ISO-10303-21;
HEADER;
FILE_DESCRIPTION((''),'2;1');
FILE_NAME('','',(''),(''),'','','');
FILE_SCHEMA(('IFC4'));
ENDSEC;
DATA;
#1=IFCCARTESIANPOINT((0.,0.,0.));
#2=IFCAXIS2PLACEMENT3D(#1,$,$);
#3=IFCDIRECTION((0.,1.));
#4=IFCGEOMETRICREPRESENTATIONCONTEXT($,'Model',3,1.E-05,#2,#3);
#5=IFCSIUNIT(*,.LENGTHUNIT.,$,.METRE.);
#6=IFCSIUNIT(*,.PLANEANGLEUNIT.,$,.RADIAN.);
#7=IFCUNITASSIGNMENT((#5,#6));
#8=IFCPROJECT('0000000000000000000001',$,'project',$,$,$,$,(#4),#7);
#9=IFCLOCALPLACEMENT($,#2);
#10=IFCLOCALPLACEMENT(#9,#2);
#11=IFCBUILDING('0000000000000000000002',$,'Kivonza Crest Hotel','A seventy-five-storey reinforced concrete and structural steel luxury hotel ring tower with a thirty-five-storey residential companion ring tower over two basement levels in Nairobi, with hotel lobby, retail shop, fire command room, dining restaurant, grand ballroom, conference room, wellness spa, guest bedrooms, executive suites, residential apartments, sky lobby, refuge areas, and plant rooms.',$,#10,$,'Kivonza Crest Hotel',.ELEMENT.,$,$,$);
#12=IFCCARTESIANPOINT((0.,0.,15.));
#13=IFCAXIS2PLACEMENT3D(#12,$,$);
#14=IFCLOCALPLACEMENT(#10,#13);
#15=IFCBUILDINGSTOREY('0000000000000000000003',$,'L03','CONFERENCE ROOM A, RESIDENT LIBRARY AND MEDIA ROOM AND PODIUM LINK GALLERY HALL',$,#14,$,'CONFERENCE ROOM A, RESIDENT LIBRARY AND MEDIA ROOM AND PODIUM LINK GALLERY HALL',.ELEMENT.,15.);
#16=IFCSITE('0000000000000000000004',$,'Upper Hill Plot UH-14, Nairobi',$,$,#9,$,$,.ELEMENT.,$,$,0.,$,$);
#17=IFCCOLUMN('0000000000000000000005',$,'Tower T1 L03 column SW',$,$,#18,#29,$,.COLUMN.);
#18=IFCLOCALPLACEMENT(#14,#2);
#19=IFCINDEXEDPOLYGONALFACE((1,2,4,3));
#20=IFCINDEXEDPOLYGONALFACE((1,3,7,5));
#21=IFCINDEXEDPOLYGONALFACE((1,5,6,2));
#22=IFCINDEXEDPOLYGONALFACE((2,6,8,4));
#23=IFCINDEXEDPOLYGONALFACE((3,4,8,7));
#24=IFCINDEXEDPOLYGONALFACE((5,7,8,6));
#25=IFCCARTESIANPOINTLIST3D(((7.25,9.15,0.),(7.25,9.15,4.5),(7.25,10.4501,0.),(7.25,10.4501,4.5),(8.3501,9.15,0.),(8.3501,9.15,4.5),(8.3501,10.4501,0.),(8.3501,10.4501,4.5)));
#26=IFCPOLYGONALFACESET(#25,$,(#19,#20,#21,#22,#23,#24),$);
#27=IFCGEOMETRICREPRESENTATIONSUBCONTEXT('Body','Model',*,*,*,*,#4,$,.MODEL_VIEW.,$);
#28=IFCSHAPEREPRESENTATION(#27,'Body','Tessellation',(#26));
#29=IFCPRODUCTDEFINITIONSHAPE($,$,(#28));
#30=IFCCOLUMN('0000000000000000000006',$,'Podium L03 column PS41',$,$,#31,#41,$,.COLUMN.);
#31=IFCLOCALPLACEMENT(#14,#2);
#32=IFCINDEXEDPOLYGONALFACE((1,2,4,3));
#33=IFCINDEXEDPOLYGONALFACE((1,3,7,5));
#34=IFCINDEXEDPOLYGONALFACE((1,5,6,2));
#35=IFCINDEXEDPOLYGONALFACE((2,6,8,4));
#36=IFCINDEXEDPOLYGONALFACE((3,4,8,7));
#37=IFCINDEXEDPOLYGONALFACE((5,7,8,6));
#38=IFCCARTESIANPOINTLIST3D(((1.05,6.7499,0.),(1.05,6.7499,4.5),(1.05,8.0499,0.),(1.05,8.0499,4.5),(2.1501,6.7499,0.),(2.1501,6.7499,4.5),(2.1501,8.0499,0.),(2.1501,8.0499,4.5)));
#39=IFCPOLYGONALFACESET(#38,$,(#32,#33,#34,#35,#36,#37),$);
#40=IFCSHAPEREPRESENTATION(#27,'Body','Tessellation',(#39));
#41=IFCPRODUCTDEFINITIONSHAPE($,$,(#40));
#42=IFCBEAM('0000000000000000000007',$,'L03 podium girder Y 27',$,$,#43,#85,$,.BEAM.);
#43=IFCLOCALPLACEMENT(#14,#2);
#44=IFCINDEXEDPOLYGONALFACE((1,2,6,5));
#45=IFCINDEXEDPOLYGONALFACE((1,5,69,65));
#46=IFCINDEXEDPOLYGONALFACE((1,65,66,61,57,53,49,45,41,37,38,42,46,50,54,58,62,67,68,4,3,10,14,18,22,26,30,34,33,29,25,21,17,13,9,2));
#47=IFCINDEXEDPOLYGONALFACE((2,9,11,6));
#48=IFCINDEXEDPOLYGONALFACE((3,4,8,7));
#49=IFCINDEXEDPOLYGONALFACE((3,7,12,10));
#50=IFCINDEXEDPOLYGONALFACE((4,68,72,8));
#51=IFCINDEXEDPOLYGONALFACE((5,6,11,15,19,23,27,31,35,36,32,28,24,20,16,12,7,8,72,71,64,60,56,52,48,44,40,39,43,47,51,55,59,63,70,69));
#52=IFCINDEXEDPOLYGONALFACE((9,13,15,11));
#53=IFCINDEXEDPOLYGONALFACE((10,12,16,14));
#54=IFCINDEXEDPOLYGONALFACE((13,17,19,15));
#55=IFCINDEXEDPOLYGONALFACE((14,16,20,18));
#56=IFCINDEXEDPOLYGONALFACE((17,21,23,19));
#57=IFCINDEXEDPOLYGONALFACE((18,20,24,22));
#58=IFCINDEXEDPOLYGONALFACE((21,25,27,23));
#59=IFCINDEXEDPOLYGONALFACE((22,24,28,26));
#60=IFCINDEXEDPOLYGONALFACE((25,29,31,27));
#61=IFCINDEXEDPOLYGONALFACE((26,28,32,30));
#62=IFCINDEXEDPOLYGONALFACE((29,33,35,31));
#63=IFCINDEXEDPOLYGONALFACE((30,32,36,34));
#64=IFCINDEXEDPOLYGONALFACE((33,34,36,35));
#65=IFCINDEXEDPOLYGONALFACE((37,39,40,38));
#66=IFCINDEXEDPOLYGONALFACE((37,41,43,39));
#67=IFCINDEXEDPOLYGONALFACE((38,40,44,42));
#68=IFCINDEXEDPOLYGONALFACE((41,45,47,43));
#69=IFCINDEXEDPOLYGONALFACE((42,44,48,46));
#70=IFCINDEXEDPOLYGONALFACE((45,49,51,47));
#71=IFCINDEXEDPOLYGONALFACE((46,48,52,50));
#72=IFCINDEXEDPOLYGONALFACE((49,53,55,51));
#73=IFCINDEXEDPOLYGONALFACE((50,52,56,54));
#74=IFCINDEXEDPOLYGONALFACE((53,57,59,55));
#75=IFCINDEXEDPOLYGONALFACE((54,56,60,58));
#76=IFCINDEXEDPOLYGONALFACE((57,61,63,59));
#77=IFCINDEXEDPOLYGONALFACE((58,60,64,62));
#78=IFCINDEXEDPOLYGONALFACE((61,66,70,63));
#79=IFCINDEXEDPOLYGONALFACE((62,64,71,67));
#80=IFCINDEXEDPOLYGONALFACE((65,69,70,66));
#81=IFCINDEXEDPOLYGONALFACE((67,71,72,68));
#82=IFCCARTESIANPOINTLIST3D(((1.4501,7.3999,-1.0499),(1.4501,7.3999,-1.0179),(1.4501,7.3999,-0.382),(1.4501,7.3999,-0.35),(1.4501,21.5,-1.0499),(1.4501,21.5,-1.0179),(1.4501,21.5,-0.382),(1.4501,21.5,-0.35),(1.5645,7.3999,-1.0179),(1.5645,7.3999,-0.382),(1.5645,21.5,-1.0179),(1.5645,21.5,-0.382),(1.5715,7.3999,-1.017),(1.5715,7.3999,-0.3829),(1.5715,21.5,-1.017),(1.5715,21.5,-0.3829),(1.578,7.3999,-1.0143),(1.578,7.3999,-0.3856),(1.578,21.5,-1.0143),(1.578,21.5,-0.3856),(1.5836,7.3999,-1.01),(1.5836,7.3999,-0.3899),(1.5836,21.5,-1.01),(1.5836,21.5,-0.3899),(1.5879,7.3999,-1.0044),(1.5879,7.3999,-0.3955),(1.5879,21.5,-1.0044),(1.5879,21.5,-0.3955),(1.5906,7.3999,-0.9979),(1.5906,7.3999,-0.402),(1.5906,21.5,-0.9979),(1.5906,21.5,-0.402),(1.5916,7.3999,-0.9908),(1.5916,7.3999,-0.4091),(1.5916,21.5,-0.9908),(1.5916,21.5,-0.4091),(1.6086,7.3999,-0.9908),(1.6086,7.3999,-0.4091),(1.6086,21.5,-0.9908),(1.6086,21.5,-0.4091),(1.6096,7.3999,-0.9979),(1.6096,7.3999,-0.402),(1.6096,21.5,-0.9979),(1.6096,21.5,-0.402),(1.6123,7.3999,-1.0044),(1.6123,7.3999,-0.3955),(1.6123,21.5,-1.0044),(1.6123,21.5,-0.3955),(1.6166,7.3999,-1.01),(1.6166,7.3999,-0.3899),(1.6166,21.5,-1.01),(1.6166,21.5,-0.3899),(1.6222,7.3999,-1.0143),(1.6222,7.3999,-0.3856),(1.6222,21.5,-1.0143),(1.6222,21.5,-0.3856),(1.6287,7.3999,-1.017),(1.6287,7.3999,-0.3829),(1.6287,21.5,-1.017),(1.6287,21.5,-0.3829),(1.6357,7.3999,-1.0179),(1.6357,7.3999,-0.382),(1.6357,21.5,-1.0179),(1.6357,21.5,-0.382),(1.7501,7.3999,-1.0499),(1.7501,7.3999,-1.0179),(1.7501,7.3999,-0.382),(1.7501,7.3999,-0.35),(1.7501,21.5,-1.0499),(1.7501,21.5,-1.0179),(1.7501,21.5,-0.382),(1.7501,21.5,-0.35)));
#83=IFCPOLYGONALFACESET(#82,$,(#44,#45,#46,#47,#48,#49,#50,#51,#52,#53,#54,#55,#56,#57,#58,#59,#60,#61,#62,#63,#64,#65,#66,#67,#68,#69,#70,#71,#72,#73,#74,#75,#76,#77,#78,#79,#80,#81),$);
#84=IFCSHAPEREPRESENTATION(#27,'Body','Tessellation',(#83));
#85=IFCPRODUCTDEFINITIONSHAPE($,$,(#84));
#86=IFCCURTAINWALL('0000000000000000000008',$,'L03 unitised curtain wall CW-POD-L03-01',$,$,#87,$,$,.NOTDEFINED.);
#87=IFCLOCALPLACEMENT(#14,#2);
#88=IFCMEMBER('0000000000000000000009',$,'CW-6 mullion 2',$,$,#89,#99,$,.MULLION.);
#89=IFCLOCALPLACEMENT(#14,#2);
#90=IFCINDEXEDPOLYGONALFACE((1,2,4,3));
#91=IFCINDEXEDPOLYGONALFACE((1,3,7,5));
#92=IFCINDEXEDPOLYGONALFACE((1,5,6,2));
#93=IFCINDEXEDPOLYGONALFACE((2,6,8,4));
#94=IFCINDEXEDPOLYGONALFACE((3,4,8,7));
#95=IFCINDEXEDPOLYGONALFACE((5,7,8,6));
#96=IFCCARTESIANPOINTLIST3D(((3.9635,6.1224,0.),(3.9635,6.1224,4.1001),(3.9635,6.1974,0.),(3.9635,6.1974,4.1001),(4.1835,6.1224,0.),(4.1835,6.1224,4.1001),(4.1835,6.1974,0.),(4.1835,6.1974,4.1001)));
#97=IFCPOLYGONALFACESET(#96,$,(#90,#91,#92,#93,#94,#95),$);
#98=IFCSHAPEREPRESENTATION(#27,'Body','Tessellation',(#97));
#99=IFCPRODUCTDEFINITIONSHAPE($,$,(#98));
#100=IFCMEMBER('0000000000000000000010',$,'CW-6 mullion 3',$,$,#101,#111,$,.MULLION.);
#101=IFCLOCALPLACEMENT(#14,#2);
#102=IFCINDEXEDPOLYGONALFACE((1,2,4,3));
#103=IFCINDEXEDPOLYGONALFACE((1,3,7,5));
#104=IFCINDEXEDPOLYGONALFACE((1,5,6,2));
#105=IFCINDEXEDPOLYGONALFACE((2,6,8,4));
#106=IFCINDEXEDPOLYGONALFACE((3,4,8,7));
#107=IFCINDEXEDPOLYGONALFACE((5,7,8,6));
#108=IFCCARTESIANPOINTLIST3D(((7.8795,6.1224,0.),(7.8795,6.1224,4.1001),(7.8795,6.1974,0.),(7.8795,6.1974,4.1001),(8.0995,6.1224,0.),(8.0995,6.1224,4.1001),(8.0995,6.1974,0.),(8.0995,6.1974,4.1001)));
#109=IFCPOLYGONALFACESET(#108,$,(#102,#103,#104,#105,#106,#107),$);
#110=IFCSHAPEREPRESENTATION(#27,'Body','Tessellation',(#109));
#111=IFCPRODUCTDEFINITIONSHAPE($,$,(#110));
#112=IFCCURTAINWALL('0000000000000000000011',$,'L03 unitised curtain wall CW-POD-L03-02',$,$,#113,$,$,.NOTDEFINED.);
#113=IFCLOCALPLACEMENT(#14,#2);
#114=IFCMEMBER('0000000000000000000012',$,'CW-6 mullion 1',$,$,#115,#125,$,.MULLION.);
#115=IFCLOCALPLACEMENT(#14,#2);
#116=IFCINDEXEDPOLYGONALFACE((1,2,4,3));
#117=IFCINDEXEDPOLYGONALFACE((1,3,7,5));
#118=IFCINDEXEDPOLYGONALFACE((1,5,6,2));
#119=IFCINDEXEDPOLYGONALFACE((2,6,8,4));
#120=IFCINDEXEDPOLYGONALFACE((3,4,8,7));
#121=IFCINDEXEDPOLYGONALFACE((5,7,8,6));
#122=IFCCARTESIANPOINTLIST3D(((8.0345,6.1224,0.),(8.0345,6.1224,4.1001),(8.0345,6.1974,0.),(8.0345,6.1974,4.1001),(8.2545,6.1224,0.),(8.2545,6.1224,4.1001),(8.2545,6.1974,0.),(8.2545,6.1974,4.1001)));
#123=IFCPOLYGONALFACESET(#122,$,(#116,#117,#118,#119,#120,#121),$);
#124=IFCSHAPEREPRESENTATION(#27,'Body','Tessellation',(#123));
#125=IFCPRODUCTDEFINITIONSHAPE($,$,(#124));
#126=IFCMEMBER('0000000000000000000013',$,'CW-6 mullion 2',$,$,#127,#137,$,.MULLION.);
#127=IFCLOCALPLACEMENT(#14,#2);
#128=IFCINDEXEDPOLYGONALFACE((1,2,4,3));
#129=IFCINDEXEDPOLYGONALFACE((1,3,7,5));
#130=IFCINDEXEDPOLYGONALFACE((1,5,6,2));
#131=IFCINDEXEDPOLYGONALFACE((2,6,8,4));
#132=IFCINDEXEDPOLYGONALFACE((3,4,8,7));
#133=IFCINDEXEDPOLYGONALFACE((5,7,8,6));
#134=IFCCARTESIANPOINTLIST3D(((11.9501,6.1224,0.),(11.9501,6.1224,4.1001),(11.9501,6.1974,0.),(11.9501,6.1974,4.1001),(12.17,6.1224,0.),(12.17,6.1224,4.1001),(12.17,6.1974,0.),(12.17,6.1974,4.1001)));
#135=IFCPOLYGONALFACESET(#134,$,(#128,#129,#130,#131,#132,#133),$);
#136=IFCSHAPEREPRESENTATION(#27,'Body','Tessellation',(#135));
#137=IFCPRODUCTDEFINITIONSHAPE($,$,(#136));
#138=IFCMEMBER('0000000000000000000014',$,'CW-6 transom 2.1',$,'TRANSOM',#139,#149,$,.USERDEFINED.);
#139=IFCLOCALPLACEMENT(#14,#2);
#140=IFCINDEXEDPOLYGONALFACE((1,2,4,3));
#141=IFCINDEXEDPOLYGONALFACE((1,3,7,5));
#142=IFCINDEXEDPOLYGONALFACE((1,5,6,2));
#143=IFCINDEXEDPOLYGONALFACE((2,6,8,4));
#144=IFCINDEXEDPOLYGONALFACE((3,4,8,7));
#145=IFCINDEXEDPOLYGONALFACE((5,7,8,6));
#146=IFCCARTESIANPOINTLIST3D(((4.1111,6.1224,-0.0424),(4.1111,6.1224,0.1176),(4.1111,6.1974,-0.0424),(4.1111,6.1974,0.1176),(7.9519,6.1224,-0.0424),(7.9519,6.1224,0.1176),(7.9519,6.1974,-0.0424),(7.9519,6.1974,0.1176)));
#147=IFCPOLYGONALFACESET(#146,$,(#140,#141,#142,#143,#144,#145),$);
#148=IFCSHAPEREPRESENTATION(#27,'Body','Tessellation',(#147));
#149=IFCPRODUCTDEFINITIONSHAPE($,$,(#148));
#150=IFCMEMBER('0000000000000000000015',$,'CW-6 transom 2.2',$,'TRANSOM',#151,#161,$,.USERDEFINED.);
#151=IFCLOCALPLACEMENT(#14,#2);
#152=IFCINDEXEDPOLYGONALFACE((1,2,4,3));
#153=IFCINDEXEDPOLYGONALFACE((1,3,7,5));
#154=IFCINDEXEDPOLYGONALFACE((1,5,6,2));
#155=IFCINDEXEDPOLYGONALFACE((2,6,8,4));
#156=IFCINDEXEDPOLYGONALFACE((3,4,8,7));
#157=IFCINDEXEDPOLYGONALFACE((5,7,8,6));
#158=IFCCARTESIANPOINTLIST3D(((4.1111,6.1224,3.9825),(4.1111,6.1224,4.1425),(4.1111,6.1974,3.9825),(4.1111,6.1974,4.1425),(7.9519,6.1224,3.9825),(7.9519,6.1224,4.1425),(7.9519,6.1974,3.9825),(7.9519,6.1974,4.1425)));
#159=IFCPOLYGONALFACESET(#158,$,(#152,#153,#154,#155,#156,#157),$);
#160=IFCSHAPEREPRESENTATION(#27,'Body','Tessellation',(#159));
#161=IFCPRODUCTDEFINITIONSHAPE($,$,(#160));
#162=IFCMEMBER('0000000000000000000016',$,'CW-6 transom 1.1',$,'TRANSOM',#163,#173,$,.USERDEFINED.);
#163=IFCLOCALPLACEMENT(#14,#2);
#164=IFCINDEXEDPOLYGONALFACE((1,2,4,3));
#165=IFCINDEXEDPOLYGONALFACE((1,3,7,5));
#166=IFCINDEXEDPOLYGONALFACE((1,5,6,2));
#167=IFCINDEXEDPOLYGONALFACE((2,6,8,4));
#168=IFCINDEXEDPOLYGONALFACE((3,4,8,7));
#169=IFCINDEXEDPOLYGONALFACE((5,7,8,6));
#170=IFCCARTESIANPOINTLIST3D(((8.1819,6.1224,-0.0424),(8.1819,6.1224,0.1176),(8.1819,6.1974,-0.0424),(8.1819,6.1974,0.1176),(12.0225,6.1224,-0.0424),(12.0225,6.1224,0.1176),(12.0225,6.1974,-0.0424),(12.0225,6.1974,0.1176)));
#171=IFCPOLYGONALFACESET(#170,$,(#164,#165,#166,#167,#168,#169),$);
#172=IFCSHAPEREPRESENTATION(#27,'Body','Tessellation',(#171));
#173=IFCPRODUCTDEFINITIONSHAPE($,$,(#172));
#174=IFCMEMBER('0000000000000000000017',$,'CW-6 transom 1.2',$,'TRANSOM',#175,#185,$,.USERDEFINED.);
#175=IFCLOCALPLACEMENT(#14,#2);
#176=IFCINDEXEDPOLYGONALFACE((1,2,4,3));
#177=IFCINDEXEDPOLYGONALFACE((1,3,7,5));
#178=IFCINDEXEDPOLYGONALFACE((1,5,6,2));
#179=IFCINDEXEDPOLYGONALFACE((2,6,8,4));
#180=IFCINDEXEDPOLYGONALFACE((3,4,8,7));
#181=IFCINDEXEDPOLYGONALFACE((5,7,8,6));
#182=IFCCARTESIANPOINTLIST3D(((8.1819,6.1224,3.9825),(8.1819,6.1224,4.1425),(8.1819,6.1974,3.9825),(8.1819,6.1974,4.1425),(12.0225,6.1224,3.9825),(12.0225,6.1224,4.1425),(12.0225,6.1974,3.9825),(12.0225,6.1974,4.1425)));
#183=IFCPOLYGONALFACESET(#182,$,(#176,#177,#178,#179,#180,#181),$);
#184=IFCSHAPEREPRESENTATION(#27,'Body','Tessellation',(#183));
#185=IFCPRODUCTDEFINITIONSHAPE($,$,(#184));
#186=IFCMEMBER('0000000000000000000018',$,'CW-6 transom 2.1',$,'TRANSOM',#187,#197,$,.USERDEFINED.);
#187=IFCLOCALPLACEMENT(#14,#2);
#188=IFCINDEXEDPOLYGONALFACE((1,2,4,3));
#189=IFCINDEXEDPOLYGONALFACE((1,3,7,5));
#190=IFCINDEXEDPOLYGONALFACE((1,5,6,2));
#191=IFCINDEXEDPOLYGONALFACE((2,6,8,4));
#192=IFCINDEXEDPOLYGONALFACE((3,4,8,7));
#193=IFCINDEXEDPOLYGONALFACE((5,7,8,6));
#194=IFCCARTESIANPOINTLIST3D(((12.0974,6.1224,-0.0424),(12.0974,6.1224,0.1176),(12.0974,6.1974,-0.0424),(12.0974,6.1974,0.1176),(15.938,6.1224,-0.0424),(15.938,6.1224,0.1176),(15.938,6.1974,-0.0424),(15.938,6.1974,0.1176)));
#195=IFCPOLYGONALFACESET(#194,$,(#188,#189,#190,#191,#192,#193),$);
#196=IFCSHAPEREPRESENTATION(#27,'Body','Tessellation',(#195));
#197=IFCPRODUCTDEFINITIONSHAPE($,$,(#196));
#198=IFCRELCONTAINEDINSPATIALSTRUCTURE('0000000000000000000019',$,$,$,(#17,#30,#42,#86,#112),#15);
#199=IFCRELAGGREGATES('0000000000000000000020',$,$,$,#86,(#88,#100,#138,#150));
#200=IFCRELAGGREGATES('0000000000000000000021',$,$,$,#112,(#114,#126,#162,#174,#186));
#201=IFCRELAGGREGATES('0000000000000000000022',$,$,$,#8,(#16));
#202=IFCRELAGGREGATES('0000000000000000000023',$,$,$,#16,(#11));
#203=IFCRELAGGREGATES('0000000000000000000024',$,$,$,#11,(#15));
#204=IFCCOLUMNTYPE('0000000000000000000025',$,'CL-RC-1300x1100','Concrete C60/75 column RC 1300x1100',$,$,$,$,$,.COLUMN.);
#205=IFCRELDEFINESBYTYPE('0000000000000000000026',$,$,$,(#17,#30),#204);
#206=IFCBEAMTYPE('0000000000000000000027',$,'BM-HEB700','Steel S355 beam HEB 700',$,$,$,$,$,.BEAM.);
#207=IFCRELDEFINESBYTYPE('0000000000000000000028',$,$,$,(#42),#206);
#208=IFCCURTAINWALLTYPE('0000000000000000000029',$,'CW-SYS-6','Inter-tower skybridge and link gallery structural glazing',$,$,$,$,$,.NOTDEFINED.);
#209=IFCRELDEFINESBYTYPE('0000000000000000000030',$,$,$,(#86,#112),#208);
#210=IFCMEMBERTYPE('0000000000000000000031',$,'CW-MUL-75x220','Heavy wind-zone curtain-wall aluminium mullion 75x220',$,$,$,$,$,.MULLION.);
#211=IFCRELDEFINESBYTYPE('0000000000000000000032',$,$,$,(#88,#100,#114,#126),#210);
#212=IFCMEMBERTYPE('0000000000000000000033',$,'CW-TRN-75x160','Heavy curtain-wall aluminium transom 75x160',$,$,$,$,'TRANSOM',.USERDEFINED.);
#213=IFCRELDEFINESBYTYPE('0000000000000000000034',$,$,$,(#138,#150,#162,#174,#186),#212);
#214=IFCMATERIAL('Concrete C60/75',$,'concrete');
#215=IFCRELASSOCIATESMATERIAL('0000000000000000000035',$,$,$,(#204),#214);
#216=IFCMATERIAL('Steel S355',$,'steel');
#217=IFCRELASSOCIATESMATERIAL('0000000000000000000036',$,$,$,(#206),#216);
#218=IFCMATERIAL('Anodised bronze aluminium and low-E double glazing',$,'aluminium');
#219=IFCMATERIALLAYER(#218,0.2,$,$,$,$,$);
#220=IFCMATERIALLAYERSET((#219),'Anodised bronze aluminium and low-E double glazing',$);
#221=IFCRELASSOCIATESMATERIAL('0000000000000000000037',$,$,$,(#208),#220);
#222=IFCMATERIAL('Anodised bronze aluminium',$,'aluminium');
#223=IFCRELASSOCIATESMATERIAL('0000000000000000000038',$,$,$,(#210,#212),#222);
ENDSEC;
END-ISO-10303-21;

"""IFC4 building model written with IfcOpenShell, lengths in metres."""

from ifc_helpers import new_model, si_unit, direction, frame, origin, origin_2d, place, context, subcontext, project, spatial, rectangle, i_section, extrude, material, layer, layer_set, material_profile, profile_set, type_object, element, aggregate, save


model = new_model("IFC4")

# Units and contexts
model_context = context("Model", 3, precision=1e-05, world=origin(), true_north=direction((0.0, 1.0)))
body_context = subcontext(model_context, "Body", "Model", "MODEL_VIEW")
ifc_project = project(units=[si_unit("LENGTHUNIT", "METRE"), si_unit("PLANEANGLEUNIT", "RADIAN")], contexts=[model_context])

# Site, building, storey
site_placement = place(None, origin())
site = spatial("IfcSite", under=ifc_project, at=site_placement, Name="Upper Hill Plot UH-14, Nairobi", CompositionType="ELEMENT", RefElevation=0.0)
building_placement = place(site_placement, origin())
building = spatial("IfcBuilding", under=site, at=building_placement, Name="Kivonza Crest Hotel", Description="A seventy-five-storey reinforced concrete and structural steel luxury hotel ring tower with a thirty-five-storey residential companion ring tower over two basement levels in Nairobi, with hotel lobby, retail shop, fire command room, dining restaurant, grand ballroom, conference room, wellness spa, guest bedrooms, executive suites, residential apartments, sky lobby, refuge areas, and plant rooms.", LongName="Kivonza Crest Hotel", CompositionType="ELEMENT")
storey_placement = place(building_placement, frame((0.0, 0.0, 15.0)))
storey = spatial("IfcBuildingStorey", under=building, at=storey_placement, Name="L03", Description="CONFERENCE ROOM A, RESIDENT LIBRARY AND MEDIA ROOM AND PODIUM LINK GALLERY HALL", LongName="CONFERENCE ROOM A, RESIDENT LIBRARY AND MEDIA ROOM AND PODIUM LINK GALLERY HALL", CompositionType="ELEMENT", Elevation=15.0)

# Columns
ifc_material_1 = material(Name="Concrete C60/75", Category="concrete")
ifc_material_profile_1 = material_profile(ifc_material_1, rectangle(XDim=1.1001, YDim=1.3, at=origin_2d()), Name="RC 1300x1100")
ifc_profile_set_1 = profile_set([ifc_material_profile_1], Name="Concrete C60/75")
column_type = type_object("IfcColumnType", Name="CL-RC-1300x1100", Description="Concrete C60/75 column RC 1300x1100", PredefinedType="COLUMN", material=ifc_profile_set_1)
for number, where, z_axis, x_axis, name in (
    (1, (7.8, 9.8, 0.0), (0.0, 0.0, 1.0), (1.0, 0.0, 0.0), "Tower T1 L03 column SW"),
    (2, (1.6001, 7.3999, 0.0), (0.0, 0.0, 1.0), (1.0, 0.0, 0.0), "Podium L03 column PS41"),
):
    element("IfcColumn", number, at=place(storey_placement, frame(where, z_axis=z_axis, x_axis=x_axis)), inside=storey, type_object=column_type, Name=name, PredefinedType="COLUMN", context=body_context, shape_type="SweptSolid", body=[
        extrude(rectangle(XDim=1.1001, YDim=1.3, at=origin_2d()), origin(), (0.0, 0.0, 1.0), 4.5),
    ])

# Beam
ifc_material_2 = material(Name="Steel S355", Category="steel")
ifc_material_profile_2 = material_profile(ifc_material_2, i_section(OverallWidth=0.3, OverallDepth=0.7, WebThickness=0.0171, FlangeThickness=0.032, FilletRadius=0.0271, at=origin_2d()), Name="HEB 700")
ifc_profile_set_2 = profile_set([ifc_material_profile_2], Name="Steel S355")
beam_type = type_object("IfcBeamType", Name="BM-HEB700", Description="Steel S355 beam HEB 700", PredefinedType="BEAM", material=ifc_profile_set_2)
beam_placement = place(storey_placement, frame((1.6001, 7.3999, -0.7), z_axis=(0.0, 1.0, 0.0), x_axis=(-1.0, 0.0, 0.0)))
element("IfcBeam", 3, at=beam_placement, inside=storey, type_object=beam_type, Name="L03 podium girder Y 27", PredefinedType="BEAM", context=body_context, shape_type="SweptSolid", body=[
    extrude(i_section(OverallWidth=0.3, OverallDepth=0.7, WebThickness=0.0171, FlangeThickness=0.032, FilletRadius=0.0271, at=origin_2d()), origin(), (0.0, 0.0, 1.0), 14.1001),
])

# Curtain walls, members
ifc_material_3 = material(Name="Anodised bronze aluminium and low-E double glazing", Category="aluminium")
ifc_layer_1 = layer(ifc_material_3, 0.2)
ifc_layer_set_1 = layer_set([ifc_layer_1], Name="Anodised bronze aluminium and low-E double glazing")
curtain_wall_type = type_object("IfcCurtainWallType", Name="CW-SYS-6", Description="Inter-tower skybridge and link gallery structural glazing", PredefinedType="NOTDEFINED", material=ifc_layer_set_1)
curtain_wall_1_placement = place(storey_placement, origin())
curtain_wall_1 = element("IfcCurtainWall", 4, at=curtain_wall_1_placement, inside=storey, type_object=curtain_wall_type, Name="L03 unitised curtain wall CW-POD-L03-01", PredefinedType="NOTDEFINED")
ifc_material_4 = material(Name="Anodised bronze aluminium", Category="aluminium")
ifc_material_profile_3 = material_profile(ifc_material_4, rectangle(XDim=0.075, YDim=0.22, at=origin_2d()), Name="CW-M 75x220")
ifc_profile_set_3 = profile_set([ifc_material_profile_3], Name="Anodised bronze aluminium")
member_type_1 = type_object("IfcMemberType", Name="CW-MUL-75x220", Description="Heavy wind-zone curtain-wall aluminium mullion 75x220", PredefinedType="MULLION", material=ifc_profile_set_3)
member_1_placement = place(storey_placement, frame((4.0735, 6.1599, 0.0), z_axis=(0.0, 0.0, 1.0), x_axis=(0.0, 1.0, 0.0)))
member_1 = element("IfcMember", 5, at=member_1_placement, type_object=member_type_1, Name="CW-6 mullion 2", PredefinedType="MULLION", context=body_context, shape_type="SweptSolid", body=[
    extrude(rectangle(XDim=0.075, YDim=0.22, at=origin_2d()), origin(), (0.0, 0.0, 1.0), 4.1001),
])
member_2_placement = place(storey_placement, frame((7.9895, 6.1599, 0.0), z_axis=(0.0, 0.0, 1.0), x_axis=(0.0, 1.0, 0.0)))
member_2 = element("IfcMember", 6, at=member_2_placement, type_object=member_type_1, Name="CW-6 mullion 3", PredefinedType="MULLION", context=body_context, shape_type="SweptSolid", body=[
    extrude(rectangle(XDim=0.075, YDim=0.22, at=origin_2d()), origin(), (0.0, 0.0, 1.0), 4.1001),
])
curtain_wall_2_placement = place(storey_placement, origin())
curtain_wall_2 = element("IfcCurtainWall", 7, at=curtain_wall_2_placement, inside=storey, type_object=curtain_wall_type, Name="L03 unitised curtain wall CW-POD-L03-02", PredefinedType="NOTDEFINED")
member_3_placement = place(storey_placement, frame((8.1445, 6.1599, 0.0), z_axis=(0.0, 0.0, 1.0), x_axis=(0.0, 1.0, 0.0)))
member_3 = element("IfcMember", 8, at=member_3_placement, type_object=member_type_1, Name="CW-6 mullion 1", PredefinedType="MULLION", context=body_context, shape_type="SweptSolid", body=[
    extrude(rectangle(XDim=0.075, YDim=0.22, at=origin_2d()), origin(), (0.0, 0.0, 1.0), 4.1001),
])
member_4_placement = place(storey_placement, frame((12.0601, 6.1599, 0.0), z_axis=(0.0, 0.0, 1.0), x_axis=(0.0, 1.0, 0.0)))
member_4 = element("IfcMember", 9, at=member_4_placement, type_object=member_type_1, Name="CW-6 mullion 2", PredefinedType="MULLION", context=body_context, shape_type="SweptSolid", body=[
    extrude(rectangle(XDim=0.075, YDim=0.22, at=origin_2d()), origin(), (0.0, 0.0, 1.0), 4.1001),
])

# Members
ifc_material_profile_4 = material_profile(ifc_material_4, rectangle(XDim=0.075, YDim=0.1599, at=origin_2d()), Name="CW-T 75x160")
ifc_profile_set_4 = profile_set([ifc_material_profile_4], Name="Anodised bronze aluminium")
member_type_2 = type_object("IfcMemberType", Name="CW-TRN-75x160", Description="Heavy curtain-wall aluminium transom 75x160", ElementType="TRANSOM", PredefinedType="USERDEFINED", material=ifc_profile_set_4)
member_5_placement = place(storey_placement, frame((4.1111, 6.1599, 0.0376), z_axis=(1.0, 0.0, 0.0), x_axis=(0.0, 1.0, 0.0)))
member_5 = element("IfcMember", 10, at=member_5_placement, type_object=member_type_2, Name="CW-6 transom 2.1", ObjectType="TRANSOM", PredefinedType="USERDEFINED", context=body_context, shape_type="SweptSolid", body=[
    extrude(rectangle(XDim=0.075, YDim=0.1599, at=origin_2d()), origin(), (0.0, 0.0, 1.0), 3.8408),
])
member_6_placement = place(storey_placement, frame((4.1111, 6.1599, 4.0625), z_axis=(1.0, 0.0, 0.0), x_axis=(0.0, 1.0, 0.0)))
member_6 = element("IfcMember", 11, at=member_6_placement, type_object=member_type_2, Name="CW-6 transom 2.2", ObjectType="TRANSOM", PredefinedType="USERDEFINED", context=body_context, shape_type="SweptSolid", body=[
    extrude(rectangle(XDim=0.075, YDim=0.1599, at=origin_2d()), origin(), (0.0, 0.0, 1.0), 3.8408),
])
member_7_placement = place(storey_placement, frame((8.1819, 6.1599, 0.0376), z_axis=(1.0, 0.0, 0.0), x_axis=(0.0, 1.0, 0.0)))
member_7 = element("IfcMember", 12, at=member_7_placement, type_object=member_type_2, Name="CW-6 transom 1.1", ObjectType="TRANSOM", PredefinedType="USERDEFINED", context=body_context, shape_type="SweptSolid", body=[
    extrude(rectangle(XDim=0.075, YDim=0.1599, at=origin_2d()), origin(), (0.0, 0.0, 1.0), 3.8406),
])
member_8_placement = place(storey_placement, frame((8.1819, 6.1599, 4.0625), z_axis=(1.0, 0.0, 0.0), x_axis=(0.0, 1.0, 0.0)))
member_8 = element("IfcMember", 13, at=member_8_placement, type_object=member_type_2, Name="CW-6 transom 1.2", ObjectType="TRANSOM", PredefinedType="USERDEFINED", context=body_context, shape_type="SweptSolid", body=[
    extrude(rectangle(XDim=0.075, YDim=0.1599, at=origin_2d()), origin(), (0.0, 0.0, 1.0), 3.8406),
])
member_9_placement = place(storey_placement, frame((12.0974, 6.1599, 0.0376), z_axis=(1.0, 0.0, 0.0), x_axis=(0.0, 1.0, 0.0)))
member_9 = element("IfcMember", 14, at=member_9_placement, type_object=member_type_2, Name="CW-6 transom 2.1", ObjectType="TRANSOM", PredefinedType="USERDEFINED", context=body_context, shape_type="SweptSolid", body=[
    extrude(rectangle(XDim=0.075, YDim=0.1599, at=origin_2d()), origin(), (0.0, 0.0, 1.0), 3.8406),
])

aggregate(curtain_wall_1, [member_1, member_2, member_5, member_6])
aggregate(curtain_wall_2, [member_3, member_4, member_7, member_8, member_9])

save(model, "model.ifc")
